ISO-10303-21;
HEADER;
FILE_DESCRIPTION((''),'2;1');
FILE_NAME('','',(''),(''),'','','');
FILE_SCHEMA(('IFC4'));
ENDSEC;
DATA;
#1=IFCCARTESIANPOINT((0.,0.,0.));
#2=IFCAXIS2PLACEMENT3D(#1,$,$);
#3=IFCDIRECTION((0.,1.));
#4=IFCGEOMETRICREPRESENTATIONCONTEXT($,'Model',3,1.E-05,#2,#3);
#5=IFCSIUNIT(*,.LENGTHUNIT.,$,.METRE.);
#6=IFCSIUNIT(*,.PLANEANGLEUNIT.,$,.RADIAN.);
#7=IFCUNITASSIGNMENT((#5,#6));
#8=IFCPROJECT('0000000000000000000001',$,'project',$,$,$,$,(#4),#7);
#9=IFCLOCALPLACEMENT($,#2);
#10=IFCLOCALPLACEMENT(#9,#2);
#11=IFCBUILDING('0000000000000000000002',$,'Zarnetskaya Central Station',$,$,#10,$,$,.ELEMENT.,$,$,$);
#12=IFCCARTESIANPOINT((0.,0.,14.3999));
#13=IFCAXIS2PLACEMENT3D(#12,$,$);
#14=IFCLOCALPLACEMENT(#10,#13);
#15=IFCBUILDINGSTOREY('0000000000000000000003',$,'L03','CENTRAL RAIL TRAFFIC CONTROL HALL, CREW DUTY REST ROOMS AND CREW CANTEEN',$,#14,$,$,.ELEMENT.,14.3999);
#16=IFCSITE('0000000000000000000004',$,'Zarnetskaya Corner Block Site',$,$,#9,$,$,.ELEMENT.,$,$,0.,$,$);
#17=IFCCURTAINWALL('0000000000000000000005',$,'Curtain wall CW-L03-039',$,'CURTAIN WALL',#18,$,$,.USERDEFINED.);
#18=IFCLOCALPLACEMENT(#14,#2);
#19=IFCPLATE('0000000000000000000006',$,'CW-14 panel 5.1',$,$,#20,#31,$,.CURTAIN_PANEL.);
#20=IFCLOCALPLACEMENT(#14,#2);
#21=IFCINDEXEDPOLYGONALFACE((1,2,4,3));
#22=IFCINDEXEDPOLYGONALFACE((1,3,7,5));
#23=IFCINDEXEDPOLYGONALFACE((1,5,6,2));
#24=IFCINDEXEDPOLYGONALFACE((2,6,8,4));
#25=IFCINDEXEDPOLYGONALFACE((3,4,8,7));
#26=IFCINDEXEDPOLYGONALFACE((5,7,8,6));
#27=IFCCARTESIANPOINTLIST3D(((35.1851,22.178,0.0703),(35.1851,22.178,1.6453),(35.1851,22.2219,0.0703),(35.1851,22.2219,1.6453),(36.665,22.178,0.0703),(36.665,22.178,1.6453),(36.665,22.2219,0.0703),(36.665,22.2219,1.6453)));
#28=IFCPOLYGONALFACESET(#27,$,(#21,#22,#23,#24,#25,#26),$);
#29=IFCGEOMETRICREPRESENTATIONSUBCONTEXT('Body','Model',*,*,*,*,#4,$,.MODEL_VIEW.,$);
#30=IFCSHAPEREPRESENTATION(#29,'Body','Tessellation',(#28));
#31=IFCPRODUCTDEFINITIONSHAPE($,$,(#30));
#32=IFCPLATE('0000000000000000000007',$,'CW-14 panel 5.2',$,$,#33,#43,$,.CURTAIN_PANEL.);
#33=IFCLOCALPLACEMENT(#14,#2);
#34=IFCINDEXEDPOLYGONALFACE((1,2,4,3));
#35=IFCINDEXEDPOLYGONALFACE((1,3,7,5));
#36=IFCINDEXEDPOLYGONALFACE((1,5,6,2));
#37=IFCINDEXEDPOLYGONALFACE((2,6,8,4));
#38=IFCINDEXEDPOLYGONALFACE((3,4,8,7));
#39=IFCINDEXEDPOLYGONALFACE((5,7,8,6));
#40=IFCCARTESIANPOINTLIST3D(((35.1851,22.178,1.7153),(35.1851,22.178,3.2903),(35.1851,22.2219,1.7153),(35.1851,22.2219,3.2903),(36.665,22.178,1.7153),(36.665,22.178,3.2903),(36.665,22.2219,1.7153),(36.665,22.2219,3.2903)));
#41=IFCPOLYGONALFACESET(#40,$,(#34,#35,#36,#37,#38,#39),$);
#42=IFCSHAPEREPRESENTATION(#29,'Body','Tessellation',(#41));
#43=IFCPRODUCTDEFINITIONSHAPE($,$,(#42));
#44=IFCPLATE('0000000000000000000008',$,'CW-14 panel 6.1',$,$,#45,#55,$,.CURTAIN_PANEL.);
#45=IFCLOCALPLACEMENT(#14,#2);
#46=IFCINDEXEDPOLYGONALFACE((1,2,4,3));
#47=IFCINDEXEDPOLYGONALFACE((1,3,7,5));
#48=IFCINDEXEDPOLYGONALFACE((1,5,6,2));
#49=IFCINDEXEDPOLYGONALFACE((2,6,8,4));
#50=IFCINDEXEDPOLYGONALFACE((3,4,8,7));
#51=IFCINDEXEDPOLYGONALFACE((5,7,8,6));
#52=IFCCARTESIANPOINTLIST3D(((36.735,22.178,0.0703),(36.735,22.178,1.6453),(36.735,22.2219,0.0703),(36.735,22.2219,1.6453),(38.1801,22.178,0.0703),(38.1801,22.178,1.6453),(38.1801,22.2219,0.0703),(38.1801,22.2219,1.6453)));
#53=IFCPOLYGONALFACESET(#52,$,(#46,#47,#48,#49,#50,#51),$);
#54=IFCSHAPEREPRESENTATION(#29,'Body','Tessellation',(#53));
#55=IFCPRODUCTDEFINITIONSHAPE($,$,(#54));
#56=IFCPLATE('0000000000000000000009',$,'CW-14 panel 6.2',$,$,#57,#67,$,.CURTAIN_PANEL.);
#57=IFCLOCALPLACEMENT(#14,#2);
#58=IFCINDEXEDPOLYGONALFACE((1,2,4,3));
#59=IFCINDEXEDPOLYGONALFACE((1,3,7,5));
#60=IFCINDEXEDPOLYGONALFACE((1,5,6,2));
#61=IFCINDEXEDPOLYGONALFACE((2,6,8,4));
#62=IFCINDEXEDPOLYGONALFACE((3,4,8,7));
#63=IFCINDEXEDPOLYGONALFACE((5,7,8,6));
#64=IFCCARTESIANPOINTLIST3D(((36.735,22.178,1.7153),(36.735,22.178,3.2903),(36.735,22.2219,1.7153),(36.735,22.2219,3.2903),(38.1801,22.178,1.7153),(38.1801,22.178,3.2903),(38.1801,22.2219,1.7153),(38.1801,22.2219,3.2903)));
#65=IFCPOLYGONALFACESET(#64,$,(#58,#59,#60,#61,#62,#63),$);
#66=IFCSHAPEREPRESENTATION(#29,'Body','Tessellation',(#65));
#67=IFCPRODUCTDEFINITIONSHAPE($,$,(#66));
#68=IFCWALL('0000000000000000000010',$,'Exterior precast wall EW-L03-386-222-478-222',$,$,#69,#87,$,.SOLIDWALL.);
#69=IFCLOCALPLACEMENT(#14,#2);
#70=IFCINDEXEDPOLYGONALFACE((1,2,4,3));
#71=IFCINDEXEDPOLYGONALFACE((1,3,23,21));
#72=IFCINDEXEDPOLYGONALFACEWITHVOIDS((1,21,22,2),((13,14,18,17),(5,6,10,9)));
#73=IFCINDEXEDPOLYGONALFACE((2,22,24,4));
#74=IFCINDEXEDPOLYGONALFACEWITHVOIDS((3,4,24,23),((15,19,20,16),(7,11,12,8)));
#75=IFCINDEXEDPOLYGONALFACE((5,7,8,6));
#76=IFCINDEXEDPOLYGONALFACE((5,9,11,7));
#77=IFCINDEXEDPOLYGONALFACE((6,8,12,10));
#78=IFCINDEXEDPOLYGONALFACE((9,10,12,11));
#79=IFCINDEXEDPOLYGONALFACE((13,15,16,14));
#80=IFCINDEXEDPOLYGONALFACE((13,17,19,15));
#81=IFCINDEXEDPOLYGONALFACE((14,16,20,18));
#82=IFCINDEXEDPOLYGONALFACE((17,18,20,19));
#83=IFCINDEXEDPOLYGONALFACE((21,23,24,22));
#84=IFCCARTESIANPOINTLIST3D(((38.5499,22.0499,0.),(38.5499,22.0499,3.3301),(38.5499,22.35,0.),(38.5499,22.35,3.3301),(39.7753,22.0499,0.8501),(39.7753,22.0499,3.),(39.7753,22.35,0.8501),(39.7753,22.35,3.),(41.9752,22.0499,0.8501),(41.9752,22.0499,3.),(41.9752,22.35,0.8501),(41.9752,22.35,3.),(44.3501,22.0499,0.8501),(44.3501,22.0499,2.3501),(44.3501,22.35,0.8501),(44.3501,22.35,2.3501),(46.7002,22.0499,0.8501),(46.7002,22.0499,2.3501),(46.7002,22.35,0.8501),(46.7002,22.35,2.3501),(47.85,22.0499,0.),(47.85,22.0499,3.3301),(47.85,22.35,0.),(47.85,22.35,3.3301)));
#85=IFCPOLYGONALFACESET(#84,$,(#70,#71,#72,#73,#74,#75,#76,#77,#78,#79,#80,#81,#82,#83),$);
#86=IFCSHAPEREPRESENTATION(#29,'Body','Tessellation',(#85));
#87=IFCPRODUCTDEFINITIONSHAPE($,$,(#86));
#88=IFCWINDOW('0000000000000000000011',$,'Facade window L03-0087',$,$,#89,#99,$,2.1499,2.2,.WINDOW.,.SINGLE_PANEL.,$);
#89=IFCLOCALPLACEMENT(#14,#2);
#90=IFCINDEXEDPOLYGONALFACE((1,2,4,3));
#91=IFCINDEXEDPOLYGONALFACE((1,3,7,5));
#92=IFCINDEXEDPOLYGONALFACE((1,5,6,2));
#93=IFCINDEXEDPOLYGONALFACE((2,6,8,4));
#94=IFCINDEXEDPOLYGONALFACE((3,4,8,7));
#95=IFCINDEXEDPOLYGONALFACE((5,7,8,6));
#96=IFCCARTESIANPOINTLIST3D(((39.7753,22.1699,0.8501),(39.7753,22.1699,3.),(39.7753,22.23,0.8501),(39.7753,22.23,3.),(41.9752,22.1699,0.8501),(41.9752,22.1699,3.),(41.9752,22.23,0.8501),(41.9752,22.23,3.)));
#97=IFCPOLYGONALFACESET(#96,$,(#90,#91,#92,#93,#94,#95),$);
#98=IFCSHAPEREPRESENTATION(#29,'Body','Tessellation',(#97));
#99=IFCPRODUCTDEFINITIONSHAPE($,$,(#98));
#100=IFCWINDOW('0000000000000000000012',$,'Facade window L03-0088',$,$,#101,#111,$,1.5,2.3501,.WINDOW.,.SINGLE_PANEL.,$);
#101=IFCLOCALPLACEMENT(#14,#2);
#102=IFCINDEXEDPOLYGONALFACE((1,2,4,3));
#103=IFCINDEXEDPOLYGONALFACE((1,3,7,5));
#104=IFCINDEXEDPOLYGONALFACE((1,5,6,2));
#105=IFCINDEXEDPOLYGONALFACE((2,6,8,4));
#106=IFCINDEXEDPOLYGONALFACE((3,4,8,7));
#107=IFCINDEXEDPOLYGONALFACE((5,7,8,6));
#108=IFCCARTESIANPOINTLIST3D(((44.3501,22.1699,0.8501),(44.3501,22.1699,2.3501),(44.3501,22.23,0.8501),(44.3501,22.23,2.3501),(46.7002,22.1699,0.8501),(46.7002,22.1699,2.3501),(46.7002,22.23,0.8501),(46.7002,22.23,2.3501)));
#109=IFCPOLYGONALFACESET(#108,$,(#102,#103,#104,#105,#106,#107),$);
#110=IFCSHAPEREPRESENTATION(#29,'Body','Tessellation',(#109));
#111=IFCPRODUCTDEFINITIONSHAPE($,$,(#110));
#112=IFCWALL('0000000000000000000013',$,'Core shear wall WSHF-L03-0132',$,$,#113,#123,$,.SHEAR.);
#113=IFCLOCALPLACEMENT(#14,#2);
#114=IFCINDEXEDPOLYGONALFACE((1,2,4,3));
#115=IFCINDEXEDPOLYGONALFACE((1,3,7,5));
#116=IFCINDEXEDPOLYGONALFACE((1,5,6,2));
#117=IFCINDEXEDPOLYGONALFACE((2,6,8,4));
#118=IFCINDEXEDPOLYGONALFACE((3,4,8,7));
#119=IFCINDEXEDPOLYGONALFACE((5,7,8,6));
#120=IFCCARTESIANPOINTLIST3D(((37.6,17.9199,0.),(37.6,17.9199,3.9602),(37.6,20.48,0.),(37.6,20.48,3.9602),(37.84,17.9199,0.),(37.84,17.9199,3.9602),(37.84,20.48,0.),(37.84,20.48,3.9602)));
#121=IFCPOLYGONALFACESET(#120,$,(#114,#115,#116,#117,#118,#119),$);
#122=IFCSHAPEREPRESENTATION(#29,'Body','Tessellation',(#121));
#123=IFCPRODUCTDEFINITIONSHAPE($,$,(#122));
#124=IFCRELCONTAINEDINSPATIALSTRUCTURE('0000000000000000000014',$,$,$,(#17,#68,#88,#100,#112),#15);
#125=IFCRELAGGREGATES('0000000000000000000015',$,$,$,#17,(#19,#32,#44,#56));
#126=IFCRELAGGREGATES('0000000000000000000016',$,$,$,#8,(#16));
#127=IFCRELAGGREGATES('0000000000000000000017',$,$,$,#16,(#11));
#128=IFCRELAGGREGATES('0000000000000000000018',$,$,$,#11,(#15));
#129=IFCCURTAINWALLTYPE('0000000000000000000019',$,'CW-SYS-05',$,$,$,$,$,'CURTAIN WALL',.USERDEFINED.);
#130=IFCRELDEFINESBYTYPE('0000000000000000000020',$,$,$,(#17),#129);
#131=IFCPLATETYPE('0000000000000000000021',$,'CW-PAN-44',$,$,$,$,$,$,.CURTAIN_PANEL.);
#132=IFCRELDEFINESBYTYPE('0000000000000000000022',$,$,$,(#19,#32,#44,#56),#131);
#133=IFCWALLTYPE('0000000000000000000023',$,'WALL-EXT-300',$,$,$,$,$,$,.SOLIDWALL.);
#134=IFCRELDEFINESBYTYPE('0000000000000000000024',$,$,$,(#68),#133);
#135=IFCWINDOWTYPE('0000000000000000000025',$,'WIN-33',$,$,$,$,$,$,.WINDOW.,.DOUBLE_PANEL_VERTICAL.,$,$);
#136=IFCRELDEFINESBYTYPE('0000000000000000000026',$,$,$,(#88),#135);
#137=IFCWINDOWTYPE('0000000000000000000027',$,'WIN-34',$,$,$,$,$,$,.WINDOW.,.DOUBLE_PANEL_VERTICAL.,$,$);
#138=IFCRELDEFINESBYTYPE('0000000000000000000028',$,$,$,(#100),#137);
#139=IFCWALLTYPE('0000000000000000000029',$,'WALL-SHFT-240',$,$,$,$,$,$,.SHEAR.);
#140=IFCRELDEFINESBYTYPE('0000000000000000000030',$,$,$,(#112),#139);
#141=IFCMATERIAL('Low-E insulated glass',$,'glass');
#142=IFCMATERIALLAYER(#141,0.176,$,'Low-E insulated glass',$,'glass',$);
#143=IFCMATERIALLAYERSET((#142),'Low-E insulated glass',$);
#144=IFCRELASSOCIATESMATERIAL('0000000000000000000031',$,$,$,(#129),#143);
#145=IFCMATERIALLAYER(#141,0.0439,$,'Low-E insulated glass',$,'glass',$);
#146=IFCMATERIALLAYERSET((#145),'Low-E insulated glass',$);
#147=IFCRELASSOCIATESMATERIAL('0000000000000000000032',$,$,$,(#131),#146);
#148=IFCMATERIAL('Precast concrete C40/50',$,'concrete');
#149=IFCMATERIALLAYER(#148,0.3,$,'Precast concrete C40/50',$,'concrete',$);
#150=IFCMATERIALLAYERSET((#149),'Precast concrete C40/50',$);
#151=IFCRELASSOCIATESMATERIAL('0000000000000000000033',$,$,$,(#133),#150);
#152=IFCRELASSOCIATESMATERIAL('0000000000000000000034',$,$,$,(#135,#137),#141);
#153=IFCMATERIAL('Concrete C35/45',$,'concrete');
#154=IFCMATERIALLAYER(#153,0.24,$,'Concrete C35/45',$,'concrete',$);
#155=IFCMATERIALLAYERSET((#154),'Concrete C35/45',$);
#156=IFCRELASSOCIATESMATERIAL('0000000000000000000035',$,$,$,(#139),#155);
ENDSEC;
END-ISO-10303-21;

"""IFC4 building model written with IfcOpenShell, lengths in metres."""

from ifc_helpers import new_model, si_unit, direction, frame, frame_2d, origin, origin_2d, place, context, subcontext, project, spatial, rectangle, extrude, material, layer, layer_set, type_object, element, fill, aggregate, save


model = new_model("IFC4")

# Units and contexts
model_context = context("Model", 3, precision=1e-05, world=origin(), true_north=direction((0.0, 1.0)))
body_context = subcontext(model_context, "Body", "Model", "MODEL_VIEW")
ifc_project = project(units=[si_unit("LENGTHUNIT", "METRE"), si_unit("PLANEANGLEUNIT", "RADIAN")], contexts=[model_context])

# Site, building, storey
site_placement = place(None, origin())
site = spatial("IfcSite", under=ifc_project, at=site_placement, Name="Zarnetskaya Corner Block Site", CompositionType="ELEMENT", RefElevation=0.0)
building_placement = place(site_placement, origin())
building = spatial("IfcBuilding", under=site, at=building_placement, Name="Zarnetskaya Central Station", CompositionType="ELEMENT")
storey_placement = place(building_placement, frame((0.0, 0.0, 14.3999)))
storey = spatial("IfcBuildingStorey", under=building, at=storey_placement, Name="L03", Description="CENTRAL RAIL TRAFFIC CONTROL HALL, CREW DUTY REST ROOMS AND CREW CANTEEN", CompositionType="ELEMENT", Elevation=14.3999)

# Curtain wall
ifc_material_1 = material(Name="Low-E insulated glass", Category="glass")
ifc_layer_1 = layer(ifc_material_1, 0.176, Name="Low-E insulated glass", Category="glass")
ifc_layer_set_1 = layer_set([ifc_layer_1], Name="Low-E insulated glass")
curtain_wall_type = type_object("IfcCurtainWallType", Name="CW-SYS-05", ElementType="CURTAIN WALL", PredefinedType="USERDEFINED", material=ifc_layer_set_1)
curtain_wall_1_placement = place(storey_placement, origin())
curtain_wall_1 = element("IfcCurtainWall", 1, at=curtain_wall_1_placement, inside=storey, type_object=curtain_wall_type, Name="Curtain wall CW-L03-039", ObjectType="CURTAIN WALL", PredefinedType="USERDEFINED")

# Plates
ifc_layer_2 = layer(ifc_material_1, 0.0439, Name="Low-E insulated glass", Category="glass")
ifc_layer_set_2 = layer_set([ifc_layer_2], Name="Low-E insulated glass")
plate_type_1 = type_object("IfcPlateType", Name="CW-PAN-44", PredefinedType="CURTAIN_PANEL", material=ifc_layer_set_2)
plate_1_placement = place(storey_placement, frame((35.925, 22.2, 0.0703), z_axis=(0.0, 0.0, 1.0), x_axis=(1.0, 0.0, 0.0)))
plate_1 = element("IfcPlate", 2, at=plate_1_placement, type_object=plate_type_1, Name="CW-14 panel 5.1", PredefinedType="CURTAIN_PANEL", context=body_context, shape_type="SweptSolid", body=[
    extrude(rectangle(XDim=1.48, YDim=0.0439, at=origin_2d()), origin(), (0.0, 0.0, 1.0), 1.575),
])
plate_2_placement = place(storey_placement, frame((35.925, 22.2, 1.7153), z_axis=(0.0, 0.0, 1.0), x_axis=(1.0, 0.0, 0.0)))
plate_2 = element("IfcPlate", 3, at=plate_2_placement, type_object=plate_type_1, Name="CW-14 panel 5.2", PredefinedType="CURTAIN_PANEL", context=body_context, shape_type="SweptSolid", body=[
    extrude(rectangle(XDim=1.48, YDim=0.0439, at=origin_2d()), origin(), (0.0, 0.0, 1.0), 1.575),
])
plate_3_placement = place(storey_placement, frame((37.4575, 22.2, 0.0703), z_axis=(0.0, 0.0, 1.0), x_axis=(1.0, 0.0, 0.0)))
plate_3 = element("IfcPlate", 4, at=plate_3_placement, type_object=plate_type_1, Name="CW-14 panel 6.1", PredefinedType="CURTAIN_PANEL", context=body_context, shape_type="SweptSolid", body=[
    extrude(rectangle(XDim=1.4451, YDim=0.0439, at=origin_2d()), origin(), (0.0, 0.0, 1.0), 1.575),
])
plate_4_placement = place(storey_placement, frame((37.4575, 22.2, 1.7153), z_axis=(0.0, 0.0, 1.0), x_axis=(1.0, 0.0, 0.0)))
plate_4 = element("IfcPlate", 5, at=plate_4_placement, type_object=plate_type_1, Name="CW-14 panel 6.2", PredefinedType="CURTAIN_PANEL", context=body_context, shape_type="SweptSolid", body=[
    extrude(rectangle(XDim=1.4451, YDim=0.0439, at=origin_2d()), origin(), (0.0, 0.0, 1.0), 1.575),
])
aggregate(curtain_wall_1, [plate_1, plate_2, plate_3, plate_4])

# Wall, openings, windows
ifc_material_2 = material(Name="Precast concrete C40/50", Category="concrete")
ifc_layer_3 = layer(ifc_material_2, 0.3, Name="Precast concrete C40/50", Category="concrete")
ifc_layer_set_3 = layer_set([ifc_layer_3], Name="Precast concrete C40/50")
wall_type_1 = type_object("IfcWallType", Name="WALL-EXT-300", PredefinedType="SOLIDWALL", material=ifc_layer_set_3)
wall_1_placement = place(storey_placement, frame((38.55, 22.2, 0.0), z_axis=(0.0, 0.0, 1.0), x_axis=(1.0, 0.0, 0.0)))
wall_1 = element("IfcWall", 6, at=wall_1_placement, inside=storey, type_object=wall_type_1, Name="Exterior precast wall EW-L03-386-222-478-222", PredefinedType="SOLIDWALL", context=body_context, shape_type="SweptSolid", body=[
    extrude(rectangle(XDim=9.3, YDim=0.3, at=frame_2d((4.6499, 0.0))), origin(), (0.0, 0.0, 1.0), 3.3301),
])
opening_1_placement = place(wall_1_placement, frame((1.2251, 0.0, 0.8501)))
opening_1 = element("IfcOpeningElement", 7, at=opening_1_placement, cuts=wall_1, PredefinedType="OPENING", context=body_context, shape_type="SweptSolid", body=[
    extrude(rectangle(XDim=2.2, YDim=2.1499, at=frame_2d((1.1001, 1.075))), frame((0.0, 0.1602, 0.0), z_axis=(0.0, -1.0, 0.0), x_axis=(1.0, 0.0, 0.0)), (0.0, 0.0, 1.0), 0.3201),
])
opening_2_placement = place(wall_1_placement, frame((5.8, 0.0, 0.8501)))
opening_2 = element("IfcOpeningElement", 8, at=opening_2_placement, cuts=wall_1, PredefinedType="OPENING", context=body_context, shape_type="SweptSolid", body=[
    extrude(rectangle(XDim=2.3501, YDim=1.5, at=frame_2d((1.175, 0.75))), frame((0.0, 0.1602, 0.0), z_axis=(0.0, -1.0, 0.0), x_axis=(1.0, 0.0, 0.0)), (0.0, 0.0, 1.0), 0.3201),
])
window_type_1 = type_object("IfcWindowType", Name="WIN-33", PartitioningType="DOUBLE_PANEL_VERTICAL", PredefinedType="WINDOW", material=ifc_material_1)
window_1_placement = place(opening_1_placement, origin())
window_1 = element("IfcWindow", 9, at=window_1_placement, inside=storey, type_object=window_type_1, Name="Facade window L03-0087", OverallHeight=2.1499, OverallWidth=2.2, PartitioningType="SINGLE_PANEL", PredefinedType="WINDOW", context=body_context, shape_type="SweptSolid", body=[
    extrude(rectangle(XDim=2.2, YDim=2.1499, at=frame_2d((1.1001, 1.075))), frame((0.0, 0.03, 0.0), z_axis=(0.0, -1.0, 0.0), x_axis=(1.0, 0.0, 0.0)), (0.0, 0.0, 1.0), 0.0601),
])
fill(opening_1, window_1)
window_type_2 = type_object("IfcWindowType", Name="WIN-34", PartitioningType="DOUBLE_PANEL_VERTICAL", PredefinedType="WINDOW", material=ifc_material_1)
window_2_placement = place(opening_2_placement, origin())
window_2 = element("IfcWindow", 10, at=window_2_placement, inside=storey, type_object=window_type_2, Name="Facade window L03-0088", OverallHeight=1.5, OverallWidth=2.3501, PartitioningType="SINGLE_PANEL", PredefinedType="WINDOW", context=body_context, shape_type="SweptSolid", body=[
    extrude(rectangle(XDim=2.3501, YDim=1.5, at=frame_2d((1.175, 0.75))), frame((0.0, 0.03, 0.0), z_axis=(0.0, -1.0, 0.0), x_axis=(1.0, 0.0, 0.0)), (0.0, 0.0, 1.0), 0.0601),
])
fill(opening_2, window_2)

# Wall
ifc_material_3 = material(Name="Concrete C35/45", Category="concrete")
ifc_layer_4 = layer(ifc_material_3, 0.24, Name="Concrete C35/45", Category="concrete")
ifc_layer_set_4 = layer_set([ifc_layer_4], Name="Concrete C35/45")
wall_type_2 = type_object("IfcWallType", Name="WALL-SHFT-240", PredefinedType="SHEAR", material=ifc_layer_set_4)
wall_2_placement = place(storey_placement, frame((37.72, 20.48, 0.0), z_axis=(0.0, 0.0, 1.0), x_axis=(0.0, -1.0, 0.0)))
element("IfcWall", 11, at=wall_2_placement, inside=storey, type_object=wall_type_2, Name="Core shear wall WSHF-L03-0132", PredefinedType="SHEAR", context=body_context, shape_type="SweptSolid", body=[
    extrude(rectangle(XDim=2.5601, YDim=0.24, at=frame_2d((1.28, 0.0))), origin(), (0.0, 0.0, 1.0), 3.9602),
])

save(model, "model.ifc")
